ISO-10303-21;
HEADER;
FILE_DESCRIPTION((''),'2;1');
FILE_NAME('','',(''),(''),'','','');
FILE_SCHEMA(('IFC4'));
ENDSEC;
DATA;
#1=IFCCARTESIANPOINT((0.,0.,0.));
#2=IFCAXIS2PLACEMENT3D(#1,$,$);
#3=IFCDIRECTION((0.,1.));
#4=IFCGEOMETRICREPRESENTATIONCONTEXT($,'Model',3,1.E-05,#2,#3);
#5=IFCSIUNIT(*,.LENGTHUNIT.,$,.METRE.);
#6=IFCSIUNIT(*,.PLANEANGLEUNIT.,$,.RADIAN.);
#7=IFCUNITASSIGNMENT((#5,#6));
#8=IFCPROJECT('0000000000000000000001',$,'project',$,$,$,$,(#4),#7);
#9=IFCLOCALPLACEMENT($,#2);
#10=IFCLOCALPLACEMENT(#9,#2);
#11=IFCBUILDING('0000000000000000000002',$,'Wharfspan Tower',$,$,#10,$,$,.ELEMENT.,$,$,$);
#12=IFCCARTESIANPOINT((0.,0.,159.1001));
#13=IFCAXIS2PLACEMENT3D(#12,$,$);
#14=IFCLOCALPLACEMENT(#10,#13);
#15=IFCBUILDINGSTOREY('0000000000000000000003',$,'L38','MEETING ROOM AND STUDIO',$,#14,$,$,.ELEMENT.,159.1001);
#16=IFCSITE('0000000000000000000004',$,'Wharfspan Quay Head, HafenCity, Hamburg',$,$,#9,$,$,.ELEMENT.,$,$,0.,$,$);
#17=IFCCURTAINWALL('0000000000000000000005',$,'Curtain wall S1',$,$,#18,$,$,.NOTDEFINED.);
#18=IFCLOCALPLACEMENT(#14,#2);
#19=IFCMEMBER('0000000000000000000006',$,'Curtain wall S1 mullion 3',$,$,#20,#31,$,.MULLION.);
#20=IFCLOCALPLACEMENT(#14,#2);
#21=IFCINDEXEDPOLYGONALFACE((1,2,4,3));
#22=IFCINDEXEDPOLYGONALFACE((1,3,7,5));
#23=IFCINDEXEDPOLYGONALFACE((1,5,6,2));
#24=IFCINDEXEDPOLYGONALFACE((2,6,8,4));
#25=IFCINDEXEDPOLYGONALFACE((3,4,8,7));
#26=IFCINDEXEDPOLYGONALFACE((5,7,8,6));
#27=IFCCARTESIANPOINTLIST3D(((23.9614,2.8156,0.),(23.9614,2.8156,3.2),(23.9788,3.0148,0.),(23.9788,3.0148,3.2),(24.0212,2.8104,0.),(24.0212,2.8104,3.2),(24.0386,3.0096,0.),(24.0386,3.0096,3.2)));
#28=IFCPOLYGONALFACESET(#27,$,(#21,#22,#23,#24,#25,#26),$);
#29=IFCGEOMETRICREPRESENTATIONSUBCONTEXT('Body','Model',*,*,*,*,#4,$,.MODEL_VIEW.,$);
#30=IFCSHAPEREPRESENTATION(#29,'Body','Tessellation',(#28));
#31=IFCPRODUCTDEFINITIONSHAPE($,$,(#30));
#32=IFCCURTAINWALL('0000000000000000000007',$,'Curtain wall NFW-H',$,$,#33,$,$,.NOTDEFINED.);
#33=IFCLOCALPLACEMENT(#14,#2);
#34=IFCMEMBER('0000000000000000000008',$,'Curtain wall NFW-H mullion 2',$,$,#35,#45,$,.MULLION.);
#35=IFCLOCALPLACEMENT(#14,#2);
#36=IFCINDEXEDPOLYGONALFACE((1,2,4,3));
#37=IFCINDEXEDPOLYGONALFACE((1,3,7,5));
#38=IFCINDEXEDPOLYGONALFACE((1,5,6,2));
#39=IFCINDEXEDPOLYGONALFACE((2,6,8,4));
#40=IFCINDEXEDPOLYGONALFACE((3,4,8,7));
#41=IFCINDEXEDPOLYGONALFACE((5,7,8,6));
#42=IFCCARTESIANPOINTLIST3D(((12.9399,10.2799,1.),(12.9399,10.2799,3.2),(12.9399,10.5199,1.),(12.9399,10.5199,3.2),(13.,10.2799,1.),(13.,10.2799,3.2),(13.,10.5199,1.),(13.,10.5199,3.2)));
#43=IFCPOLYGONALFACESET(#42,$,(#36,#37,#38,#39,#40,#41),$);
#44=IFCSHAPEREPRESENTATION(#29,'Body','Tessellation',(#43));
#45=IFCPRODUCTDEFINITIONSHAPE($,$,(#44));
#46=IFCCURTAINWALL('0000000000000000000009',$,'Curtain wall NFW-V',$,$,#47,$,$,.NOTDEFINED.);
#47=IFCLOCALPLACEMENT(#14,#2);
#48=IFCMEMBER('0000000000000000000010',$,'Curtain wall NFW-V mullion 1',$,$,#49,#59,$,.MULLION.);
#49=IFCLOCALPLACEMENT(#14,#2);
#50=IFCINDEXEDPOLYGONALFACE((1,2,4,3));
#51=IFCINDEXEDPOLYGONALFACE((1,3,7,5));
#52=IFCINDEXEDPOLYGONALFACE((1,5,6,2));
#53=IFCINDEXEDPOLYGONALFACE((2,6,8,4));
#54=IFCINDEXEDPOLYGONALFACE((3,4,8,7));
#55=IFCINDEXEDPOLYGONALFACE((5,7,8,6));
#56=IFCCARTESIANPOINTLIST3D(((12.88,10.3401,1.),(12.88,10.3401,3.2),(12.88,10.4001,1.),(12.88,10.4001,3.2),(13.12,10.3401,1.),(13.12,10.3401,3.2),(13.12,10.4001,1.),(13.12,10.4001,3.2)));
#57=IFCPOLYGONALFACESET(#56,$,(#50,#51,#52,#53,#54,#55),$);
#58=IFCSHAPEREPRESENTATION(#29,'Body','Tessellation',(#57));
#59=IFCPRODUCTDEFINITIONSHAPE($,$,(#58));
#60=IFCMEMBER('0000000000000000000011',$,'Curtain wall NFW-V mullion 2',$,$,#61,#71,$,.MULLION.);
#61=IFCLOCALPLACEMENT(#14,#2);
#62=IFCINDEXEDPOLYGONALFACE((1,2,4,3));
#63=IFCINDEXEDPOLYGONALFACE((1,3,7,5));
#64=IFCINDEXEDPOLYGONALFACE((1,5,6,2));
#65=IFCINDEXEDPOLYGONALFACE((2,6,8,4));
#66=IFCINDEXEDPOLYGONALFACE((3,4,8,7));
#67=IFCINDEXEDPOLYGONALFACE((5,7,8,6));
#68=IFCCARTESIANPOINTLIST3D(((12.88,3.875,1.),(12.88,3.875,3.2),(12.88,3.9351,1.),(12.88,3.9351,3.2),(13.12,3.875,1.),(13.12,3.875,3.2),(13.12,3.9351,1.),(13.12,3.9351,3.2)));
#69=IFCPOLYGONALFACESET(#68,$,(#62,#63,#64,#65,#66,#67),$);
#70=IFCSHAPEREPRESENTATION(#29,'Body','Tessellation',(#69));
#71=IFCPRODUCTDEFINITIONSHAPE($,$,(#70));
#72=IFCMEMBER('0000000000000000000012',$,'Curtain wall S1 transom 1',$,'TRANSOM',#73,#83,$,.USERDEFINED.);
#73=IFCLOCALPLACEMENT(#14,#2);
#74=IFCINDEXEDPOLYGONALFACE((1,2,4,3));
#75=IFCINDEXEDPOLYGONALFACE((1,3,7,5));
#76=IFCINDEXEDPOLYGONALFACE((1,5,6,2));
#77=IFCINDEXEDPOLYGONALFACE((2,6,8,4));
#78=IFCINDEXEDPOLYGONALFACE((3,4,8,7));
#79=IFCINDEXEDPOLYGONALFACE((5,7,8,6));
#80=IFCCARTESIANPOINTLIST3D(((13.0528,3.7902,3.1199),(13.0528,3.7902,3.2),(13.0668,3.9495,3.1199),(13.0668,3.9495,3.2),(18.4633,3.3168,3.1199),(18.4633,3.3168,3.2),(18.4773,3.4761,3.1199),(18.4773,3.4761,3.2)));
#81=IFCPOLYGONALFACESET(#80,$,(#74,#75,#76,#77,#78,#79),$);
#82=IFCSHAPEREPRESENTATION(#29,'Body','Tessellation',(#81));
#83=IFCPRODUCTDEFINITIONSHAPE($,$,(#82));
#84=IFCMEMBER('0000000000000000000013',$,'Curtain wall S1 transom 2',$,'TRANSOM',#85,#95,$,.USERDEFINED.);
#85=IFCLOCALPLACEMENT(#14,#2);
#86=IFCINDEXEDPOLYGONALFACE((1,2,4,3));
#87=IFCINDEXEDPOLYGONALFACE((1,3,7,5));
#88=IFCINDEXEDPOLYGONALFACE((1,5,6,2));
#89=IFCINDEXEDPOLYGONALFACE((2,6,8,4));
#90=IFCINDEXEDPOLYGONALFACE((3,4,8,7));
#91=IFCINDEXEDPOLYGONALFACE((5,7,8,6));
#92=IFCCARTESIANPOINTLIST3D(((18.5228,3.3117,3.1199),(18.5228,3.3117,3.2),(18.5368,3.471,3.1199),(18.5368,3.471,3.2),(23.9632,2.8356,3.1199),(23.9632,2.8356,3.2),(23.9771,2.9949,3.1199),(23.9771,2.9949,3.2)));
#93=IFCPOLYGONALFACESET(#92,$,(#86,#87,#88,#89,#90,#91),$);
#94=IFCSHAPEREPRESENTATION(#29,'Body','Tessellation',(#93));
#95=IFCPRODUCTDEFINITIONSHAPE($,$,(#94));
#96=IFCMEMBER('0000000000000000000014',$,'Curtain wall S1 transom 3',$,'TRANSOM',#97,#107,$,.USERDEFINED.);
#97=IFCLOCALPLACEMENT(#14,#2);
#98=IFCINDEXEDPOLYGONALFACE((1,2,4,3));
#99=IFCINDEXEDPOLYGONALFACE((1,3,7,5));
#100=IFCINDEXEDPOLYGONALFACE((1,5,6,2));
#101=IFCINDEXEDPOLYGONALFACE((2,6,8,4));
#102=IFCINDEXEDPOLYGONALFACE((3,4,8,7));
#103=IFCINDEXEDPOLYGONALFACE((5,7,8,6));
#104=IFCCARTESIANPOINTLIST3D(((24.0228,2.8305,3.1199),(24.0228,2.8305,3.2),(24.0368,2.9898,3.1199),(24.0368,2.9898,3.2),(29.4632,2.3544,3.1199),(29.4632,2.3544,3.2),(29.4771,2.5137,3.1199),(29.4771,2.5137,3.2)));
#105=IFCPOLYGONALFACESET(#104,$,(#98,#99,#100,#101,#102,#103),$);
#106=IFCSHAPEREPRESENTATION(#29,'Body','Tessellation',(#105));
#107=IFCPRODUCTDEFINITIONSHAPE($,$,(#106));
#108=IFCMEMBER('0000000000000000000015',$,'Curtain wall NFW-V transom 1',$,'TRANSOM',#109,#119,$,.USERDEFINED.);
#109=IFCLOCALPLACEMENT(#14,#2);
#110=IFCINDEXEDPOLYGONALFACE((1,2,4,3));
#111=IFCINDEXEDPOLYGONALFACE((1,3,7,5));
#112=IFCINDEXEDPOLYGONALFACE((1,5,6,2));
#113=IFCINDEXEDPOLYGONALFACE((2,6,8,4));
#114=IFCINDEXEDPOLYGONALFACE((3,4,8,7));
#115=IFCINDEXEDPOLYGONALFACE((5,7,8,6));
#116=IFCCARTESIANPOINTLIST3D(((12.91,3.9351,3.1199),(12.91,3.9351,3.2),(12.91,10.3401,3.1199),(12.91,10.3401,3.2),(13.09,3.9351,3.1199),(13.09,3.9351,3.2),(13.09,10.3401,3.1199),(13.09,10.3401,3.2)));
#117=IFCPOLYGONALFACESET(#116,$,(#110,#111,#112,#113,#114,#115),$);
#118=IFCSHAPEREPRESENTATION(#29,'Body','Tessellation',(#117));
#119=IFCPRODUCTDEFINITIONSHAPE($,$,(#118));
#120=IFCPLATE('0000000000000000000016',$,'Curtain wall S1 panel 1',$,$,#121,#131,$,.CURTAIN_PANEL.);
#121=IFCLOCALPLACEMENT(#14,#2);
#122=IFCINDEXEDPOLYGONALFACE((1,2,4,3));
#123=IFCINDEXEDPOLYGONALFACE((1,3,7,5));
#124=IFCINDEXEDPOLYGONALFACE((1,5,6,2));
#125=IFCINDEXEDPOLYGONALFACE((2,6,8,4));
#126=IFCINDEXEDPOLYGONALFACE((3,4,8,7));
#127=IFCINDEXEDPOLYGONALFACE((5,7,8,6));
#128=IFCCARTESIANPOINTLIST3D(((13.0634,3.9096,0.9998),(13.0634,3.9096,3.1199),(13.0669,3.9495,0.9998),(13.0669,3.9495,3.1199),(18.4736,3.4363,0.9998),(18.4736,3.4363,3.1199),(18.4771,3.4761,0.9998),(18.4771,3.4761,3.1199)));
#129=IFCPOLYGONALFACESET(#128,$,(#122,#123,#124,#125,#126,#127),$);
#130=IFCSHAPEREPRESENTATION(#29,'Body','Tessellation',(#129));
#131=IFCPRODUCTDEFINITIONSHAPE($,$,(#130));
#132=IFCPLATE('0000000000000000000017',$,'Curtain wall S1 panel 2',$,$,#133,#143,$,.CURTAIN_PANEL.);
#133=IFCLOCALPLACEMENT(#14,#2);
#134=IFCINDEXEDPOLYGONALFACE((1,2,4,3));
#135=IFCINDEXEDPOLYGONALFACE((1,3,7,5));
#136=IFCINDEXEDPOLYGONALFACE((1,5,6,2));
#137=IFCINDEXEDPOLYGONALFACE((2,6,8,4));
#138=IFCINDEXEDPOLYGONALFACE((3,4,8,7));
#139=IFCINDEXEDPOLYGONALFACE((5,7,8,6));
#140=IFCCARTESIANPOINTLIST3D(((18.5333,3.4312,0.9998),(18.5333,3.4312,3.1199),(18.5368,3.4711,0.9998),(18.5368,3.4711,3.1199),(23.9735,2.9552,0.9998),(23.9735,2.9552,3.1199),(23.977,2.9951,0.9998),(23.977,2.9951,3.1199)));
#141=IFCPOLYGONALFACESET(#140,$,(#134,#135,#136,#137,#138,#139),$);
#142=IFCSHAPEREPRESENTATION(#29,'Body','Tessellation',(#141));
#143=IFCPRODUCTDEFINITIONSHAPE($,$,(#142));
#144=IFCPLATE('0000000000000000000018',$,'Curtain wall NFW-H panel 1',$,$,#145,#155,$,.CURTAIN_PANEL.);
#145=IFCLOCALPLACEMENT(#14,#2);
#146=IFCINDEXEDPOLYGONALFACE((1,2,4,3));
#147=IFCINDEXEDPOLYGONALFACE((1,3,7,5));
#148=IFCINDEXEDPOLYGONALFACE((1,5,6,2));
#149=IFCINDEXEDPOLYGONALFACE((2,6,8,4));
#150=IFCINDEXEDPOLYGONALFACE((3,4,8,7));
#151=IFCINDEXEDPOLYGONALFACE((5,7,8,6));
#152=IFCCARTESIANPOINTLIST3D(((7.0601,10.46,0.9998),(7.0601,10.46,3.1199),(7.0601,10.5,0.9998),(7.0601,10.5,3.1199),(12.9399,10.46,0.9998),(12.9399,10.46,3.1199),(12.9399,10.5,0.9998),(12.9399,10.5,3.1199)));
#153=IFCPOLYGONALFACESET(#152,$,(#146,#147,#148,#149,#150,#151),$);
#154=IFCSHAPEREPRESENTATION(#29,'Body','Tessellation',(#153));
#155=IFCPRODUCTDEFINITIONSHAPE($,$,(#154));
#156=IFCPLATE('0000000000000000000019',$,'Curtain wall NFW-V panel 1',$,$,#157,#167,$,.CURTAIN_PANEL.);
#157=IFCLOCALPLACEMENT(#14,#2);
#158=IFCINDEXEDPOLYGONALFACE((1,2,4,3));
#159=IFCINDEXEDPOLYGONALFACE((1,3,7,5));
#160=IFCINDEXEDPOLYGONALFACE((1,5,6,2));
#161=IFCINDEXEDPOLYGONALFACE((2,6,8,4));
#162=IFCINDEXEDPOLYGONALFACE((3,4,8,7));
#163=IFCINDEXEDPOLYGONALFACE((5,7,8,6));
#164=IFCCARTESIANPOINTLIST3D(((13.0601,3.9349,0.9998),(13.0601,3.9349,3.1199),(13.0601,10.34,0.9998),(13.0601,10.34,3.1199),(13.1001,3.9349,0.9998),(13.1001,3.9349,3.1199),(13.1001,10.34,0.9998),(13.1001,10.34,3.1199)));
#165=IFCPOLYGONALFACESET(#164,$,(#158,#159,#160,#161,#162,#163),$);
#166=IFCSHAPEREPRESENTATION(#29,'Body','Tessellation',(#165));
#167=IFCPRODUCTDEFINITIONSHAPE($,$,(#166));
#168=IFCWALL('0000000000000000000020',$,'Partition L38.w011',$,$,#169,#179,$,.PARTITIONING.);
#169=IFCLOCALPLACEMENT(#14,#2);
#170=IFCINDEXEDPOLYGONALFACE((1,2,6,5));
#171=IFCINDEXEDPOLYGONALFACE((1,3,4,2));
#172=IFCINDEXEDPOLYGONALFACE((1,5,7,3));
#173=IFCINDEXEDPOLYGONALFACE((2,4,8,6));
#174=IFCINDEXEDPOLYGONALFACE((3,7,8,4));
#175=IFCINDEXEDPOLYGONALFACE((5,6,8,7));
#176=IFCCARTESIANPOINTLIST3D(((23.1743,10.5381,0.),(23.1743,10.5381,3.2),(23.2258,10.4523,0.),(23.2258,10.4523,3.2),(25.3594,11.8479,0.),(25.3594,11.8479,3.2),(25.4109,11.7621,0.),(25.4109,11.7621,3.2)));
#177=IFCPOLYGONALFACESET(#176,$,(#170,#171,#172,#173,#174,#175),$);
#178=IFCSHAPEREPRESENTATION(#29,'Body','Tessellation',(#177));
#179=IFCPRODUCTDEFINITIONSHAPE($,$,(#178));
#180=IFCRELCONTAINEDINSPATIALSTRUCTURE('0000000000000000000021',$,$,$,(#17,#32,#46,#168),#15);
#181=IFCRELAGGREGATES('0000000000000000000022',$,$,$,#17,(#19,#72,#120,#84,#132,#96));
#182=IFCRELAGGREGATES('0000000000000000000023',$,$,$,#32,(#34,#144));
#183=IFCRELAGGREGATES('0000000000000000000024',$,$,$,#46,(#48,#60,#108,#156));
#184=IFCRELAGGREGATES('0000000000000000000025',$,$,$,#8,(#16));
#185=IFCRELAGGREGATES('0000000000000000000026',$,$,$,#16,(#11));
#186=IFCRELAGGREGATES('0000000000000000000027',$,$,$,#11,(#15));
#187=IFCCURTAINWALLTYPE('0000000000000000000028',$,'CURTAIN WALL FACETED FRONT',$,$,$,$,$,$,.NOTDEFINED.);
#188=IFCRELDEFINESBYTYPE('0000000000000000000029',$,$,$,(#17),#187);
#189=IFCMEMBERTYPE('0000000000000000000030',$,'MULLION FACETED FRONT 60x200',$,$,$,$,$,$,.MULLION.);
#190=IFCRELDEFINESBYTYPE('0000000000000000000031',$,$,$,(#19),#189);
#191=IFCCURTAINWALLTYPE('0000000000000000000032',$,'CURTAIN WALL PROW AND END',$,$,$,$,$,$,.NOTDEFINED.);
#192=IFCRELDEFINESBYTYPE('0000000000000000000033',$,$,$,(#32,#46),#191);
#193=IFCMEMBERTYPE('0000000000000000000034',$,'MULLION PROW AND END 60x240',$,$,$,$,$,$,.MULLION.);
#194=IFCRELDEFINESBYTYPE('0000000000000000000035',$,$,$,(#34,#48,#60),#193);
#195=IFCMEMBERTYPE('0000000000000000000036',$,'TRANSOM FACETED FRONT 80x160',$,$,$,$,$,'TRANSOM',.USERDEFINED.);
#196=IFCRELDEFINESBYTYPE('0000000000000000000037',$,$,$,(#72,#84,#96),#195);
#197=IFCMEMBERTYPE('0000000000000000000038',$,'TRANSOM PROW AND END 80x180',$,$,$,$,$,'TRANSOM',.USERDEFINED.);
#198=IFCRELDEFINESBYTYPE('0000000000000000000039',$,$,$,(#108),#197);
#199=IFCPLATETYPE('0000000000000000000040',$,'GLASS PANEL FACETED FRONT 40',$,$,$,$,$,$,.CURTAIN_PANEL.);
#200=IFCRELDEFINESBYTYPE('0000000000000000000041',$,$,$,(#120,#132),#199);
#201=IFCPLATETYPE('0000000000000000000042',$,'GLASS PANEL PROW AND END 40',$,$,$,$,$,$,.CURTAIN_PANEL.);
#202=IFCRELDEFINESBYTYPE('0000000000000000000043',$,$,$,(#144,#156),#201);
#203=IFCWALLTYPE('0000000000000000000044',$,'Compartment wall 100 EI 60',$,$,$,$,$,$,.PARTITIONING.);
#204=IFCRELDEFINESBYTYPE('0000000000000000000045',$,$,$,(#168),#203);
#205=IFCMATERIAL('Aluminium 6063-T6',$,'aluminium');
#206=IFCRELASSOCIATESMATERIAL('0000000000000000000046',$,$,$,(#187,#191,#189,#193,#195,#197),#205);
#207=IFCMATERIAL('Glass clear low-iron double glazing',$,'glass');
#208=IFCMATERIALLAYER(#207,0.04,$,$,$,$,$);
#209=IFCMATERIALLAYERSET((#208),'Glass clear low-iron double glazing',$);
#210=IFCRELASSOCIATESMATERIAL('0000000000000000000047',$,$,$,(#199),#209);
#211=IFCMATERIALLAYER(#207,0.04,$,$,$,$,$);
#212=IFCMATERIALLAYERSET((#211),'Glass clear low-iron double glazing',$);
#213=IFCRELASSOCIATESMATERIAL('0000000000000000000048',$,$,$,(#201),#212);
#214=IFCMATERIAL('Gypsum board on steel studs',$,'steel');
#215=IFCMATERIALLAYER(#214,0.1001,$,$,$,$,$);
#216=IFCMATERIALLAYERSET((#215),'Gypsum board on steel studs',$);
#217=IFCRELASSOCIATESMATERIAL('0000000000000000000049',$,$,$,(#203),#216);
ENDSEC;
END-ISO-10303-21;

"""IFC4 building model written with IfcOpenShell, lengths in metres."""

from ifc_helpers import new_model, si_unit, direction, frame, frame_2d, origin, origin_2d, place, context, subcontext, project, spatial, rectangle, extrude, material, layer, layer_set, material_profile, profile_set, type_object, element, aggregate, save


model = new_model("IFC4")

# Units and contexts
model_context = context("Model", 3, precision=1e-05, world=origin(), true_north=direction((0.0, 1.0)))
body_context = subcontext(model_context, "Body", "Model", "MODEL_VIEW")
ifc_project = project(units=[si_unit("LENGTHUNIT", "METRE"), si_unit("PLANEANGLEUNIT", "RADIAN")], contexts=[model_context])

# Site, building, storey
site_placement = place(None, origin())
site = spatial("IfcSite", under=ifc_project, at=site_placement, Name="Wharfspan Quay Head, HafenCity, Hamburg", CompositionType="ELEMENT", RefElevation=0.0)
building_placement = place(site_placement, origin())
building = spatial("IfcBuilding", under=site, at=building_placement, Name="Wharfspan Tower", CompositionType="ELEMENT")
storey_placement = place(building_placement, frame((0.0, 0.0, 159.1001)))
storey = spatial("IfcBuildingStorey", under=building, at=storey_placement, Name="L38", Description="MEETING ROOM AND STUDIO", CompositionType="ELEMENT", Elevation=159.1001)

# Curtain wall, member
ifc_material_1 = material(Name="Aluminium 6063-T6", Category="aluminium")
curtain_wall_type_1 = type_object("IfcCurtainWallType", Name="CURTAIN WALL FACETED FRONT", PredefinedType="NOTDEFINED", material=ifc_material_1)
curtain_wall_1_placement = place(storey_placement, origin())
curtain_wall_1 = element("IfcCurtainWall", 1, at=curtain_wall_1_placement, inside=storey, type_object=curtain_wall_type_1, Name="Curtain wall S1", PredefinedType="NOTDEFINED")
ifc_material_profile_1 = material_profile(ifc_material_1, rectangle(XDim=0.2, YDim=0.0601, at=origin_2d()))
ifc_profile_set_1 = profile_set([ifc_material_profile_1], Name="Aluminium 6063-T6")
member_type_1 = type_object("IfcMemberType", Name="MULLION FACETED FRONT 60x200", PredefinedType="MULLION", material=ifc_profile_set_1)
member_1_placement = place(storey_placement, frame((24.0, 2.9126, 0.0), z_axis=(0.0, 0.0, 1.0), x_axis=(0.087156, 0.996198, 0.0)))
member_1 = element("IfcMember", 2, at=member_1_placement, type_object=member_type_1, Name="Curtain wall S1 mullion 3", PredefinedType="MULLION", context=body_context, shape_type="SweptSolid", body=[
    extrude(rectangle(XDim=0.2, YDim=0.0601, at=origin_2d()), origin(), (0.0, 0.0, 1.0), 3.2),
])

# Curtain wall, member
curtain_wall_type_2 = type_object("IfcCurtainWallType", Name="CURTAIN WALL PROW AND END", PredefinedType="NOTDEFINED", material=ifc_material_1)
curtain_wall_2_placement = place(storey_placement, origin())
curtain_wall_2 = element("IfcCurtainWall", 3, at=curtain_wall_2_placement, inside=storey, type_object=curtain_wall_type_2, Name="Curtain wall NFW-H", PredefinedType="NOTDEFINED")
ifc_material_profile_2 = material_profile(ifc_material_1, rectangle(XDim=0.24, YDim=0.0601, at=origin_2d()))
ifc_profile_set_2 = profile_set([ifc_material_profile_2], Name="Aluminium 6063-T6")
member_type_2 = type_object("IfcMemberType", Name="MULLION PROW AND END 60x240", PredefinedType="MULLION", material=ifc_profile_set_2)
member_2_placement = place(storey_placement, frame((12.97, 10.3999, 1.0), z_axis=(0.0, 0.0, 1.0), x_axis=(0.0, 1.0, 0.0)))
member_2 = element("IfcMember", 4, at=member_2_placement, type_object=member_type_2, Name="Curtain wall NFW-H mullion 2", PredefinedType="MULLION", context=body_context, shape_type="SweptSolid", body=[
    extrude(rectangle(XDim=0.24, YDim=0.0601, at=origin_2d()), origin(), (0.0, 0.0, 1.0), 2.2),
])

# Curtain wall, members
curtain_wall_3_placement = place(storey_placement, origin())
curtain_wall_3 = element("IfcCurtainWall", 5, at=curtain_wall_3_placement, inside=storey, type_object=curtain_wall_type_2, Name="Curtain wall NFW-V", PredefinedType="NOTDEFINED")
member_3_placement = place(storey_placement, frame((13.0, 10.3701, 1.0), z_axis=(0.0, 0.0, 1.0), x_axis=(1.0, 0.0, 0.0)))
member_3 = element("IfcMember", 6, at=member_3_placement, type_object=member_type_2, Name="Curtain wall NFW-V mullion 1", PredefinedType="MULLION", context=body_context, shape_type="SweptSolid", body=[
    extrude(rectangle(XDim=0.24, YDim=0.0601, at=origin_2d()), origin(), (0.0, 0.0, 1.0), 2.2),
])
member_4_placement = place(storey_placement, frame((13.0, 3.905, 1.0), z_axis=(0.0, 0.0, 1.0), x_axis=(1.0, 0.0, 0.0)))
member_4 = element("IfcMember", 7, at=member_4_placement, type_object=member_type_2, Name="Curtain wall NFW-V mullion 2", PredefinedType="MULLION", context=body_context, shape_type="SweptSolid", body=[
    extrude(rectangle(XDim=0.24, YDim=0.0601, at=origin_2d()), origin(), (0.0, 0.0, 1.0), 2.2),
])

# Members
ifc_material_profile_3 = material_profile(ifc_material_1, rectangle(XDim=0.1599, YDim=0.0801, at=origin_2d()))
ifc_profile_set_3 = profile_set([ifc_material_profile_3], Name="Aluminium 6063-T6")
member_type_3 = type_object("IfcMemberType", Name="TRANSOM FACETED FRONT 80x160", ElementType="TRANSOM", PredefinedType="USERDEFINED", material=ifc_profile_set_3)
member_5_placement = place(storey_placement, frame((13.0598, 3.8699, 3.1599), z_axis=(0.996194, -0.087163, 0.0), x_axis=(0.087163, 0.996194, 0.0)))
member_5 = element("IfcMember", 8, at=member_5_placement, type_object=member_type_3, Name="Curtain wall S1 transom 1", ObjectType="TRANSOM", PredefinedType="USERDEFINED", context=body_context, shape_type="SweptSolid", body=[
    extrude(rectangle(XDim=0.1599, YDim=0.0801, at=origin_2d()), origin(), (0.0, 0.0, 1.0), 5.4312),
])
member_6_placement = place(storey_placement, frame((18.5298, 3.3914, 3.1599), z_axis=(0.996193, -0.087174, 0.0), x_axis=(0.087174, 0.996193, 0.0)))
member_6 = element("IfcMember", 9, at=member_6_placement, type_object=member_type_3, Name="Curtain wall S1 transom 2", ObjectType="TRANSOM", PredefinedType="USERDEFINED", context=body_context, shape_type="SweptSolid", body=[
    extrude(rectangle(XDim=0.1599, YDim=0.0801, at=origin_2d()), origin(), (0.0, 0.0, 1.0), 5.4612),
])
member_7_placement = place(storey_placement, frame((24.0298, 2.9102, 3.1599), z_axis=(0.996193, -0.087174, 0.0), x_axis=(0.087174, 0.996193, 0.0)))
member_7 = element("IfcMember", 10, at=member_7_placement, type_object=member_type_3, Name="Curtain wall S1 transom 3", ObjectType="TRANSOM", PredefinedType="USERDEFINED", context=body_context, shape_type="SweptSolid", body=[
    extrude(rectangle(XDim=0.1599, YDim=0.0801, at=origin_2d()), origin(), (0.0, 0.0, 1.0), 5.4612),
])
ifc_material_profile_4 = material_profile(ifc_material_1, rectangle(XDim=0.1799, YDim=0.0801, at=origin_2d()))
ifc_profile_set_4 = profile_set([ifc_material_profile_4], Name="Aluminium 6063-T6")
member_type_4 = type_object("IfcMemberType", Name="TRANSOM PROW AND END 80x180", ElementType="TRANSOM", PredefinedType="USERDEFINED", material=ifc_profile_set_4)
member_8_placement = place(storey_placement, frame((13.0, 10.3401, 3.1599), z_axis=(0.0, -1.0, 0.0), x_axis=(1.0, 0.0, 0.0)))
member_8 = element("IfcMember", 11, at=member_8_placement, type_object=member_type_4, Name="Curtain wall NFW-V transom 1", ObjectType="TRANSOM", PredefinedType="USERDEFINED", context=body_context, shape_type="SweptSolid", body=[
    extrude(rectangle(XDim=0.1799, YDim=0.0801, at=origin_2d()), origin(), (0.0, 0.0, 1.0), 6.405),
])

# Plates
ifc_material_2 = material(Name="Glass clear low-iron double glazing", Category="glass")
ifc_layer_1 = layer(ifc_material_2, 0.04)
ifc_layer_set_1 = layer_set([ifc_layer_1], Name="Glass clear low-iron double glazing")
plate_type_1 = type_object("IfcPlateType", Name="GLASS PANEL FACETED FRONT 40", PredefinedType="CURTAIN_PANEL", material=ifc_layer_set_1)
plate_1_placement = place(storey_placement, frame((15.7703, 3.6929, 0.9998), z_axis=(0.0, 0.0, 1.0), x_axis=(0.996198, -0.087156, 0.0)))
plate_1 = element("IfcPlate", 12, at=plate_1_placement, type_object=plate_type_1, Name="Curtain wall S1 panel 1", PredefinedType="CURTAIN_PANEL", context=body_context, shape_type="SweptSolid", body=[
    extrude(rectangle(XDim=5.4309, YDim=0.04, at=origin_2d()), origin(), (0.0, 0.0, 1.0), 2.1201),
])
plate_2_placement = place(storey_placement, frame((21.2551, 3.2131, 0.9998), z_axis=(0.0, 0.0, 1.0), x_axis=(0.996198, -0.087156, 0.0)))
plate_2 = element("IfcPlate", 13, at=plate_2_placement, type_object=plate_type_1, Name="Curtain wall S1 panel 2", PredefinedType="CURTAIN_PANEL", context=body_context, shape_type="SweptSolid", body=[
    extrude(rectangle(XDim=5.4609, YDim=0.04, at=origin_2d()), origin(), (0.0, 0.0, 1.0), 2.1201),
])
aggregate(curtain_wall_1, [member_1, member_5, plate_1, member_6, plate_2, member_7])
ifc_layer_2 = layer(ifc_material_2, 0.04)
ifc_layer_set_2 = layer_set([ifc_layer_2], Name="Glass clear low-iron double glazing")
plate_type_2 = type_object("IfcPlateType", Name="GLASS PANEL PROW AND END 40", PredefinedType="CURTAIN_PANEL", material=ifc_layer_set_2)
plate_3_placement = place(storey_placement, frame((10.0, 10.48, 0.9998), z_axis=(0.0, 0.0, 1.0), x_axis=(1.0, 0.0, 0.0)))
plate_3 = element("IfcPlate", 14, at=plate_3_placement, type_object=plate_type_2, Name="Curtain wall NFW-H panel 1", PredefinedType="CURTAIN_PANEL", context=body_context, shape_type="SweptSolid", body=[
    extrude(rectangle(XDim=5.8799, YDim=0.04, at=origin_2d()), origin(), (0.0, 0.0, 1.0), 2.1201),
])
aggregate(curtain_wall_2, [member_2, plate_3])
plate_4_placement = place(storey_placement, frame((13.0801, 7.1375, 0.9998), z_axis=(0.0, 0.0, 1.0), x_axis=(0.0, -1.0, 0.0)))
plate_4 = element("IfcPlate", 15, at=plate_4_placement, type_object=plate_type_2, Name="Curtain wall NFW-V panel 1", PredefinedType="CURTAIN_PANEL", context=body_context, shape_type="SweptSolid", body=[
    extrude(rectangle(XDim=6.405, YDim=0.04, at=origin_2d()), origin(), (0.0, 0.0, 1.0), 2.1201),
])
aggregate(curtain_wall_3, [member_3, member_4, member_8, plate_4])

# Wall
ifc_material_3 = material(Name="Gypsum board on steel studs", Category="steel")
ifc_layer_3 = layer(ifc_material_3, 0.1001)
ifc_layer_set_3 = layer_set([ifc_layer_3], Name="Gypsum board on steel studs")
wall_type_1 = type_object("IfcWallType", Name="Compartment wall 100 EI 60", PredefinedType="PARTITIONING", material=ifc_layer_set_3)
wall_1_placement = place(storey_placement, frame((23.2, 10.4951, 0.0), z_axis=(0.0, 0.0, 1.0), x_axis=(0.857707, 0.514145, 0.0)))
element("IfcWall", 16, at=wall_1_placement, inside=storey, type_object=wall_type_1, Name="Partition L38.w011", PredefinedType="PARTITIONING", context=body_context, shape_type="SweptSolid", body=[
    extrude(rectangle(XDim=2.5476, YDim=0.1001, at=frame_2d((1.2739, 0.0))), origin(), (0.0, 0.0, 1.0), 3.2),
])

save(model, "model.ifc")
